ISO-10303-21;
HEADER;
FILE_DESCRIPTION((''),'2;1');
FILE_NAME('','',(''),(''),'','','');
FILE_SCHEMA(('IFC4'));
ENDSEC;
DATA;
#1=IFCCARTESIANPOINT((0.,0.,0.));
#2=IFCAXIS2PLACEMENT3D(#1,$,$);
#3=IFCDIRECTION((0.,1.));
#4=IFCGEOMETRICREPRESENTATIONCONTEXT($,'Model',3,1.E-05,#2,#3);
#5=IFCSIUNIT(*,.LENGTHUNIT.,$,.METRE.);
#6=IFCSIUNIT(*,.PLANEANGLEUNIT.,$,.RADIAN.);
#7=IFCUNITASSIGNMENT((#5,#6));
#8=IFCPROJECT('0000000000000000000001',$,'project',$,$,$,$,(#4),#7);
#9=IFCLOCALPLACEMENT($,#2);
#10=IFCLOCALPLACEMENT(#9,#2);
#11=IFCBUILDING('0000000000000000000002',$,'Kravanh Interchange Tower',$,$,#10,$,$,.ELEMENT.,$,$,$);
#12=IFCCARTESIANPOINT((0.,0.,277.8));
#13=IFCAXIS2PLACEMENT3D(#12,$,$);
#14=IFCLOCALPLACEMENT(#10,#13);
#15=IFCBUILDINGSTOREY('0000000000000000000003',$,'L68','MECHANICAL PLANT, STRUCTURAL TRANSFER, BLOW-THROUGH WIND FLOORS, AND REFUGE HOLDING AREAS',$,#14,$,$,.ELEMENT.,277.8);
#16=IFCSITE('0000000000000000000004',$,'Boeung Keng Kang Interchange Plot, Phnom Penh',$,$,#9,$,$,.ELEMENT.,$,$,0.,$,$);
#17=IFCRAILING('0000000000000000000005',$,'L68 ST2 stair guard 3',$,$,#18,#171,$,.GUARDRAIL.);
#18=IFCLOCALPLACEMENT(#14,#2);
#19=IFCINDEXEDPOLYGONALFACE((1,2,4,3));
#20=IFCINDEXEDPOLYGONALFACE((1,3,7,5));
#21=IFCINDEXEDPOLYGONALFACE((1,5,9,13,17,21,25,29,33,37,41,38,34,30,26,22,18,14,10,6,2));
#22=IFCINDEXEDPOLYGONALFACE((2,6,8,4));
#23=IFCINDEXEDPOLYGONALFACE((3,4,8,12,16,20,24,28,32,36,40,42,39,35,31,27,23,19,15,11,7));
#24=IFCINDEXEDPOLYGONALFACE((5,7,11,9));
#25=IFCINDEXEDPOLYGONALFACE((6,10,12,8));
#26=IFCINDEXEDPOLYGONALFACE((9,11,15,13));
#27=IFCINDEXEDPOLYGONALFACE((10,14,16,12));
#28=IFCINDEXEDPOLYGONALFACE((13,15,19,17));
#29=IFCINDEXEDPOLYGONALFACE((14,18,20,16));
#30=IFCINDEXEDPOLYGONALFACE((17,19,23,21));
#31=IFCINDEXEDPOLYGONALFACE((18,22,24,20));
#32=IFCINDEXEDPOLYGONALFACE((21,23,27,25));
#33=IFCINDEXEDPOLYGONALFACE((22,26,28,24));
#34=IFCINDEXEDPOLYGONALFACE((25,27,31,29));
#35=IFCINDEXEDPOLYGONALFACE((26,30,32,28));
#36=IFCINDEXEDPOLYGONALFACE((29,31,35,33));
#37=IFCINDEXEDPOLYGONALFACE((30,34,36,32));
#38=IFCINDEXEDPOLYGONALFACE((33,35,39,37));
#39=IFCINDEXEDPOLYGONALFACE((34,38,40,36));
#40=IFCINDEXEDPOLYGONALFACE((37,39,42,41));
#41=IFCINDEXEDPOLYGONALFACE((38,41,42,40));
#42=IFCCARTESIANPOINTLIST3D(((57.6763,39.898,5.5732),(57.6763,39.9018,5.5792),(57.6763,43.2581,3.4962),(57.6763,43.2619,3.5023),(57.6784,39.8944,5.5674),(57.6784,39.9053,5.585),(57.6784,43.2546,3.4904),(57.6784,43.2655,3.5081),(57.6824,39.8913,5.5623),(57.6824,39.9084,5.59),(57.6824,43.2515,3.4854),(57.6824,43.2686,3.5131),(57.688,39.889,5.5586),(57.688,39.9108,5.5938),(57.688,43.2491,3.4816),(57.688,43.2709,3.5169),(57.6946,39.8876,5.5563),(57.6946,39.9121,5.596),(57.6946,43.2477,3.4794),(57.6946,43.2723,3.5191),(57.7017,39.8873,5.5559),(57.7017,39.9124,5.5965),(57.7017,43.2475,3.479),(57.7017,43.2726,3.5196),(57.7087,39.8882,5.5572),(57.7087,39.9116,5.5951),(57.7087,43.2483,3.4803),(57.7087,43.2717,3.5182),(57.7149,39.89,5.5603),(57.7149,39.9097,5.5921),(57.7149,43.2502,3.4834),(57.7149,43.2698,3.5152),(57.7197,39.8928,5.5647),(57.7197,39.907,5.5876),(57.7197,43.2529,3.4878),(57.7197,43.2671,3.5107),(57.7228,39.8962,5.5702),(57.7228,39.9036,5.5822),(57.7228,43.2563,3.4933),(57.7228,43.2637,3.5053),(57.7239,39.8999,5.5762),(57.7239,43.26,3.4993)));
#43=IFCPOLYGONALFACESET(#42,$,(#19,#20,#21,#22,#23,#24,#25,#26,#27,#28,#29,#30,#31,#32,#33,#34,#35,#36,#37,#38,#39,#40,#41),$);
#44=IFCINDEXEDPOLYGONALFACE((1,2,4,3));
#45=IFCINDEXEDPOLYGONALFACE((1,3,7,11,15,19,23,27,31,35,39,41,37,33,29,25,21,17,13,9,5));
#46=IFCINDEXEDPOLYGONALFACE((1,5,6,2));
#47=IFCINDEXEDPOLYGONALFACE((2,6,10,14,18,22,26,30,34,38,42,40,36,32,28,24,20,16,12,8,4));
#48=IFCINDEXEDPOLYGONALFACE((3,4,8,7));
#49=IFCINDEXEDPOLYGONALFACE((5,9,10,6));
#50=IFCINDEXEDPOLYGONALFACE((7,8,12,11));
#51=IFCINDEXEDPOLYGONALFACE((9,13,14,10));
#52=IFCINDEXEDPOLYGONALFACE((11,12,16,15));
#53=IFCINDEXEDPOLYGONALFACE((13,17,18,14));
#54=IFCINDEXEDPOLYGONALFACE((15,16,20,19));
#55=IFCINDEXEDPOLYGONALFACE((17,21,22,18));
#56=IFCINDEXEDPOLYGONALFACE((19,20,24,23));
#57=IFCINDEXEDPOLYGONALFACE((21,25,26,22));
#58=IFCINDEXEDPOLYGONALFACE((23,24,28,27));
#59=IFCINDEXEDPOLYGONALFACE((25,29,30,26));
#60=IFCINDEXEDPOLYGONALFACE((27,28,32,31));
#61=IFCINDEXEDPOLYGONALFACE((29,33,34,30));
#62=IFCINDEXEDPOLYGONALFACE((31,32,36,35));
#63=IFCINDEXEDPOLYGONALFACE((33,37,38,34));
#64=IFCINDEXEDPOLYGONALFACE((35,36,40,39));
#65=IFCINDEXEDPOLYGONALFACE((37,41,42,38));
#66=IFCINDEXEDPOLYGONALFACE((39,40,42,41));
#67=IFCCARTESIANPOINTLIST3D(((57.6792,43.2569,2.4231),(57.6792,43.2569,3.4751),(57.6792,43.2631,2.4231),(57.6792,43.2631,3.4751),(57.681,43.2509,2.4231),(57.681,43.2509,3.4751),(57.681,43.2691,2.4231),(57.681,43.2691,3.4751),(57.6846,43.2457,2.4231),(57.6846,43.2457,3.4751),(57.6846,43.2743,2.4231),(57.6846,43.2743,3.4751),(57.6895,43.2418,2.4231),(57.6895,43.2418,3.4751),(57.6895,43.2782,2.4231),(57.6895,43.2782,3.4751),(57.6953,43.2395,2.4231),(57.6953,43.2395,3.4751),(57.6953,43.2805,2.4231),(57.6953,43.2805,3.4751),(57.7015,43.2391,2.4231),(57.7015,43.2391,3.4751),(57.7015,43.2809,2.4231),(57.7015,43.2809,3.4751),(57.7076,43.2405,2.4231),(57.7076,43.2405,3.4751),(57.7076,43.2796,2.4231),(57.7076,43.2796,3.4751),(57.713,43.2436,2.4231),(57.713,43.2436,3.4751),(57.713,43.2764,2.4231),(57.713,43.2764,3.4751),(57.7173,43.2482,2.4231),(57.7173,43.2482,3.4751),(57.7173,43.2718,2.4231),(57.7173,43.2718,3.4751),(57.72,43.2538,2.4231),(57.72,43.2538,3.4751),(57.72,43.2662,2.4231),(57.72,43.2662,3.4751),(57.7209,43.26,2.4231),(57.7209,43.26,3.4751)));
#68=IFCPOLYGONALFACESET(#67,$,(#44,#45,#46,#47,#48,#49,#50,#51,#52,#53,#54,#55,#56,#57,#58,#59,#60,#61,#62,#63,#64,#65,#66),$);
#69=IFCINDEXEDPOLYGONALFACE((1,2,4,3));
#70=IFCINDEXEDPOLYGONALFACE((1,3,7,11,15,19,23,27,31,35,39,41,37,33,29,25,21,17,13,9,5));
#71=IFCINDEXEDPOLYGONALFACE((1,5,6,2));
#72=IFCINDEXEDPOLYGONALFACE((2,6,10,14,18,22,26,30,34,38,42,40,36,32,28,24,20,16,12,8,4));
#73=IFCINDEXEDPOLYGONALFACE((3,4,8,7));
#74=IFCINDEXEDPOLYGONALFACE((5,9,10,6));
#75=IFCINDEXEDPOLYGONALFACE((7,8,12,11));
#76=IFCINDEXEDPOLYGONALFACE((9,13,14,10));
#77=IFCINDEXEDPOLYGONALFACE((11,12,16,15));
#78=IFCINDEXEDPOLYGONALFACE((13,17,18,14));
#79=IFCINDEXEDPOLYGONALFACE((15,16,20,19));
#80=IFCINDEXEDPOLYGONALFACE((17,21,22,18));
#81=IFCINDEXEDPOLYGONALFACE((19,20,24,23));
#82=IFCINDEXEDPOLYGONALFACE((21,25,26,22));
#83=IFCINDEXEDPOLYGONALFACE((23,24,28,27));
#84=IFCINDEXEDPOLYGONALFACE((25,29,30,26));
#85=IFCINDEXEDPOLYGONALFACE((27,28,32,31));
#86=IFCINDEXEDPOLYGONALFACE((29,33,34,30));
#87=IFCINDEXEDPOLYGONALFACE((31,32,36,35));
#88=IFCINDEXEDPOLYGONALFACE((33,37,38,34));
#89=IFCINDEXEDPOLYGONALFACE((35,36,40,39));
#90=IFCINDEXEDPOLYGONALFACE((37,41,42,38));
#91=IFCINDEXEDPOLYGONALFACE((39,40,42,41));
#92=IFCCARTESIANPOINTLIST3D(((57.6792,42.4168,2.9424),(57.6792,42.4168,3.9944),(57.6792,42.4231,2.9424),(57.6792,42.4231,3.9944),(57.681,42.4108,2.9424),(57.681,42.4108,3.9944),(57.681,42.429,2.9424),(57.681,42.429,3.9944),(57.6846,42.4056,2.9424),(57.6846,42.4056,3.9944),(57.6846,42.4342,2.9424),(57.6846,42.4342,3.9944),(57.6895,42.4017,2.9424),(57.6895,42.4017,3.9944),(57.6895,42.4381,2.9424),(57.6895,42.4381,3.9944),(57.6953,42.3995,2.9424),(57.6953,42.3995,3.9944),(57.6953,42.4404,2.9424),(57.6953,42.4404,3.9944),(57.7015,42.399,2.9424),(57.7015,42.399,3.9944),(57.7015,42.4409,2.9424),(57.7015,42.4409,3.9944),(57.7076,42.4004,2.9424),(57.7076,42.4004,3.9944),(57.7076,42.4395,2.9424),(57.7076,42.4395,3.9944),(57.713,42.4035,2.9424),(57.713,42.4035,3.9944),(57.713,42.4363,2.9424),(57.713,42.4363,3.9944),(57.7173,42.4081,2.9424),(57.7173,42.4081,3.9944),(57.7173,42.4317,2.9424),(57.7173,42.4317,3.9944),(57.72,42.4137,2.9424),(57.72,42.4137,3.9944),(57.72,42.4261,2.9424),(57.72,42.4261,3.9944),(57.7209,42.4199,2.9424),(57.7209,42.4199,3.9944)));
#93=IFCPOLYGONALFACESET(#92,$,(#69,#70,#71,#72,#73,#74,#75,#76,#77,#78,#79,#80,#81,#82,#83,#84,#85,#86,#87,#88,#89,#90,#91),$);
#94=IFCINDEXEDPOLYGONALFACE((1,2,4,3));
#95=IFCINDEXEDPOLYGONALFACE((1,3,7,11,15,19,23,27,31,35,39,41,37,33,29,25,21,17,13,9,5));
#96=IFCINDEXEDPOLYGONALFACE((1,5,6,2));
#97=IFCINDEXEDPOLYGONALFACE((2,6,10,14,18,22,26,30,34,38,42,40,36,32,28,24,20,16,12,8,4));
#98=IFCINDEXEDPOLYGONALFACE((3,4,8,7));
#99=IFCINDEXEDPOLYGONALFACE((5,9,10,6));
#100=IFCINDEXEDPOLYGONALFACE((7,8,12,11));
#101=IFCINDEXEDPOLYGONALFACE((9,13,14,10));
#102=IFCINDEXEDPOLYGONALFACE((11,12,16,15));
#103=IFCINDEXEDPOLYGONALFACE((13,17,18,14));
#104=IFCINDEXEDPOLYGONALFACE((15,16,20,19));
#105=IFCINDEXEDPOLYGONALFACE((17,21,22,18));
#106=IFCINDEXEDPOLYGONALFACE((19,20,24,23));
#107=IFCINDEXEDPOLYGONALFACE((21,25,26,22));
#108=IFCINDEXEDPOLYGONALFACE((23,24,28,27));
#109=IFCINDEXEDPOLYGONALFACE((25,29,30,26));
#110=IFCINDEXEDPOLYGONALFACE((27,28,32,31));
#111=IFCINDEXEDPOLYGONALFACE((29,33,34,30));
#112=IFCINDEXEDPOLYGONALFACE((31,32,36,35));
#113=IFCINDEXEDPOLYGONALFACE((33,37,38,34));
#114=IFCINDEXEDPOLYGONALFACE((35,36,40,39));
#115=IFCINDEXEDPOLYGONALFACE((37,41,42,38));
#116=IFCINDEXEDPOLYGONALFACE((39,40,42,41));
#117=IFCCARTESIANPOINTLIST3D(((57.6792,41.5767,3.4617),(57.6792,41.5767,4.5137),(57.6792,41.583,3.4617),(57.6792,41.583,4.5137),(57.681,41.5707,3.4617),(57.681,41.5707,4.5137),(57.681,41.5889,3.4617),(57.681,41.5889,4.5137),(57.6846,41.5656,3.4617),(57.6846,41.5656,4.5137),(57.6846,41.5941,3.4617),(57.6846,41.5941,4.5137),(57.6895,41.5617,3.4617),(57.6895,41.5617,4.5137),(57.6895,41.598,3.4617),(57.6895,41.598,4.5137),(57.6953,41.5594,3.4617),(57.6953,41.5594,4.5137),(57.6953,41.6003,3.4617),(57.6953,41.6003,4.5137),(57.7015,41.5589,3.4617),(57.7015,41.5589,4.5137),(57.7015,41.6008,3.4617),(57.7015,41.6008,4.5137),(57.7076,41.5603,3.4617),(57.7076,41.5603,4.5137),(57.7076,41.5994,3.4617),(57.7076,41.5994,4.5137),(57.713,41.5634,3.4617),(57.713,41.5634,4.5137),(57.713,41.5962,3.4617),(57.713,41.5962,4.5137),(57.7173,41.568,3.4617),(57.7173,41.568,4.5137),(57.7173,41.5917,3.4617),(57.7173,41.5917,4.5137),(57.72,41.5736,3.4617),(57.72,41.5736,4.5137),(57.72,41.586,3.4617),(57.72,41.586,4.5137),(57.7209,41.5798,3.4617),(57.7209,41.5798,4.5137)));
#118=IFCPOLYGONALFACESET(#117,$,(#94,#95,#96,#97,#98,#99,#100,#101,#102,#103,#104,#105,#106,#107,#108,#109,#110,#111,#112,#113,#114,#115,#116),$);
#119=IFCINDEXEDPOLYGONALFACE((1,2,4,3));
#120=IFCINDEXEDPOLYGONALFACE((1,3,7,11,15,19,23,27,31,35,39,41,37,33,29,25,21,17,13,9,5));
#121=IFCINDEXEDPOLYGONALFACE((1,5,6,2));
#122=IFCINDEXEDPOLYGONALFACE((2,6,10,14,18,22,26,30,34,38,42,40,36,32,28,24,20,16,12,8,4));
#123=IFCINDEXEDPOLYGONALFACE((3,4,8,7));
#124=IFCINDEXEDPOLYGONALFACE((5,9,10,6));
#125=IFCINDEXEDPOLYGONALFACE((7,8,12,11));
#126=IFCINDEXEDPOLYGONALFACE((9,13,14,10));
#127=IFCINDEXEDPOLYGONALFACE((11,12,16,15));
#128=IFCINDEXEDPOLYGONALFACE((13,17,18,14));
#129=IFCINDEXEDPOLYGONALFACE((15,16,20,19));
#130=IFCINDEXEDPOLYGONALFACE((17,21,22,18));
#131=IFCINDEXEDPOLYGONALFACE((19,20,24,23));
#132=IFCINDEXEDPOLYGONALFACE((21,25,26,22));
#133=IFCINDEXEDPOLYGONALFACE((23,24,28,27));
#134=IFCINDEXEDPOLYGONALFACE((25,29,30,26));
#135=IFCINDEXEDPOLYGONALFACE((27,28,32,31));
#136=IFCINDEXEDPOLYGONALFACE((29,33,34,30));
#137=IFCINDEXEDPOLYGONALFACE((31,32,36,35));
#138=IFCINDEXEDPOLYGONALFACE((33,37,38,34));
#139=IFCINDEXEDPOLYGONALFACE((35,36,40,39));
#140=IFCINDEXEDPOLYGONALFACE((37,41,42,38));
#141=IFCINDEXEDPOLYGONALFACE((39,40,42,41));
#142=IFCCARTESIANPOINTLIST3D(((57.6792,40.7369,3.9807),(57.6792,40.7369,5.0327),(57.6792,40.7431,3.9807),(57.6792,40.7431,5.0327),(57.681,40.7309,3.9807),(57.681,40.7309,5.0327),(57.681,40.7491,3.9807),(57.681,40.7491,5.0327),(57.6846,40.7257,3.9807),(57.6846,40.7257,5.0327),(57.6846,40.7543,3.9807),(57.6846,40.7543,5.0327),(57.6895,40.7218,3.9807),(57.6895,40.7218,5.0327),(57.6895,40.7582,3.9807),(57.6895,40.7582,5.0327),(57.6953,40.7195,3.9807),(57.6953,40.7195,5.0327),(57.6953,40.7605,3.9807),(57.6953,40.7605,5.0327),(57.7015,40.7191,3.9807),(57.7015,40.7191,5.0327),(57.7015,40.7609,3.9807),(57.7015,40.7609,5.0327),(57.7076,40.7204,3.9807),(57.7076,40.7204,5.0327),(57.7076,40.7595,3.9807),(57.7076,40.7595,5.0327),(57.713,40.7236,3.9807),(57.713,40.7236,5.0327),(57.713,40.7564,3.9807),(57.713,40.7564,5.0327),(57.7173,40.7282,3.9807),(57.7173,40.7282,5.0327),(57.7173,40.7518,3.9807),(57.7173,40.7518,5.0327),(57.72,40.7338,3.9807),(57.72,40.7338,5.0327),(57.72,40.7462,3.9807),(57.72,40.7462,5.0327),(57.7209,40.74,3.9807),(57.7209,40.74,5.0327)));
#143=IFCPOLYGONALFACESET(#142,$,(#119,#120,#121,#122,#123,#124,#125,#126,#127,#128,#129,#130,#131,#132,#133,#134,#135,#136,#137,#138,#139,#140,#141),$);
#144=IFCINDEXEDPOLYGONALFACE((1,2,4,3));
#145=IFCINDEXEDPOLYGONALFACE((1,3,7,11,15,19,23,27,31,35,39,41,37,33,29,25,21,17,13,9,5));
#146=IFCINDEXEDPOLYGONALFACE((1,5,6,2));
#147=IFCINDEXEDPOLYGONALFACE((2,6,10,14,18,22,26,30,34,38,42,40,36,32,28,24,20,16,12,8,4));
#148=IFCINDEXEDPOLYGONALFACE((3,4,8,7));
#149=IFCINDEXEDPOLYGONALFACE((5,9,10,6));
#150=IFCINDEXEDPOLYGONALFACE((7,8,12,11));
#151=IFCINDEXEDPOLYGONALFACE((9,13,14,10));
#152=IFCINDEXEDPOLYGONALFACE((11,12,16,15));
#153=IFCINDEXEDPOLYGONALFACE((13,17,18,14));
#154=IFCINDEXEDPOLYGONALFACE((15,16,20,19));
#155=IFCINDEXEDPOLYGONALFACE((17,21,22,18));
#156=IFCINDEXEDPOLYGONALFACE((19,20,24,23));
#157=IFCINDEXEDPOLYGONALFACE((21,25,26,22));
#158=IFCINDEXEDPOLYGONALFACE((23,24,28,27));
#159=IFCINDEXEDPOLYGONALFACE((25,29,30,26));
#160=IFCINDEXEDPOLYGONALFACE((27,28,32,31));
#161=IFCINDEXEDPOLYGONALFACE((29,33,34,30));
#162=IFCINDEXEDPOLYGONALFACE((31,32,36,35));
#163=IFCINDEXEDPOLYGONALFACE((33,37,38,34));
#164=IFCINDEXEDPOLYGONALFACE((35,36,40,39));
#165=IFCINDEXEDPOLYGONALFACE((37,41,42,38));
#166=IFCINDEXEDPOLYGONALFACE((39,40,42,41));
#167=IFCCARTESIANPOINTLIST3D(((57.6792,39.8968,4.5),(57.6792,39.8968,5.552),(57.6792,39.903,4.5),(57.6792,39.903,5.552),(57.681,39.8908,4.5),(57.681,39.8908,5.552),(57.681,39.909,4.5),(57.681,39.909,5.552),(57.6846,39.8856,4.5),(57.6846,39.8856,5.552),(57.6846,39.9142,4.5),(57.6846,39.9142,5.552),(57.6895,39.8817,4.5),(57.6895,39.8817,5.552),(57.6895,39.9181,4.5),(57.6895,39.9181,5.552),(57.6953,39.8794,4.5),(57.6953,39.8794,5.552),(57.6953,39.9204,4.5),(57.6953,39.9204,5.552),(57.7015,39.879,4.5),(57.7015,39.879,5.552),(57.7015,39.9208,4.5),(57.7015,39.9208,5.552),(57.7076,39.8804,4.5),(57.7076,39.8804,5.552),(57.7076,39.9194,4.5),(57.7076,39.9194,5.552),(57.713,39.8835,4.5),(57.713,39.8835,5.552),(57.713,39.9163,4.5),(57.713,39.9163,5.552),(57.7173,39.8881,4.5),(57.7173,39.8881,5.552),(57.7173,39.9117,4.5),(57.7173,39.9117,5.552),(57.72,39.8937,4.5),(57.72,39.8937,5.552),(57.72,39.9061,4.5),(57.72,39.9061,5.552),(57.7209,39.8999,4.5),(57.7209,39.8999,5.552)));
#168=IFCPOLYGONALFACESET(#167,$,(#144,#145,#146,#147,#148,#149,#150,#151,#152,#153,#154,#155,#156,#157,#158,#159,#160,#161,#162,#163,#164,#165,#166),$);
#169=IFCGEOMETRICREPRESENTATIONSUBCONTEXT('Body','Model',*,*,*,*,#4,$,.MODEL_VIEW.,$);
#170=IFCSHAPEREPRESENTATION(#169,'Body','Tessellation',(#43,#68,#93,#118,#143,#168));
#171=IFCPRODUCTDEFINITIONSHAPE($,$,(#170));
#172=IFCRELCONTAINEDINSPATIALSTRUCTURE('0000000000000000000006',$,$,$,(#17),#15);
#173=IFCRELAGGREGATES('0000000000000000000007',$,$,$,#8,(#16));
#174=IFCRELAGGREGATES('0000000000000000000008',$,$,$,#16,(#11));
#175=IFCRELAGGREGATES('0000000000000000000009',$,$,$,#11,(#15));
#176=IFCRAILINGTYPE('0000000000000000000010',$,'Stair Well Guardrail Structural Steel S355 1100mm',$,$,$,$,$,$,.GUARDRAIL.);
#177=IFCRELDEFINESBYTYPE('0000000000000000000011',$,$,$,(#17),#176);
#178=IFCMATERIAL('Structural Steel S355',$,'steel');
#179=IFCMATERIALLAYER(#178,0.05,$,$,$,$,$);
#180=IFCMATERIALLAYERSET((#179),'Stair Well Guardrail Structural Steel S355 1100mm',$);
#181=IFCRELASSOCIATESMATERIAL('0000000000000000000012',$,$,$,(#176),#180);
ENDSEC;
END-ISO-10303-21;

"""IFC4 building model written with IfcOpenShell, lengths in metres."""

from ifc_helpers import new_model, si_unit, direction, frame, origin, origin_2d, place, context, subcontext, project, spatial, circle, extrude, material, layer, layer_set, type_object, element, save


model = new_model("IFC4")

# Units and contexts
model_context = context("Model", 3, precision=1e-05, world=origin(), true_north=direction((0.0, 1.0)))
body_context = subcontext(model_context, "Body", "Model", "MODEL_VIEW")
ifc_project = project(units=[si_unit("LENGTHUNIT", "METRE"), si_unit("PLANEANGLEUNIT", "RADIAN")], contexts=[model_context])

# Site, building, storey
site_placement = place(None, origin())
site = spatial("IfcSite", under=ifc_project, at=site_placement, Name="Boeung Keng Kang Interchange Plot, Phnom Penh", CompositionType="ELEMENT", RefElevation=0.0)
building_placement = place(site_placement, origin())
building = spatial("IfcBuilding", under=site, at=building_placement, Name="Kravanh Interchange Tower", CompositionType="ELEMENT")
storey_placement = place(building_placement, frame((0.0, 0.0, 277.8)))
storey = spatial("IfcBuildingStorey", under=building, at=storey_placement, Name="L68", Description="MECHANICAL PLANT, STRUCTURAL TRANSFER, BLOW-THROUGH WIND FLOORS, AND REFUGE HOLDING AREAS", CompositionType="ELEMENT", Elevation=277.8)

# Railing
ifc_material_1 = material(Name="Structural Steel S355", Category="steel")
ifc_layer_1 = layer(ifc_material_1, 0.05)
ifc_layer_set_1 = layer_set([ifc_layer_1], Name="Stair Well Guardrail Structural Steel S355 1100mm")
railing_type_1 = type_object("IfcRailingType", Name="Stair Well Guardrail Structural Steel S355 1100mm", PredefinedType="GUARDRAIL", material=ifc_layer_set_1)
railing_1_placement = place(storey_placement, frame((57.7, 43.26, 2.4231)))
element("IfcRailing", 1, at=railing_1_placement, inside=storey, type_object=railing_type_1, Name="L68 ST2 stair guard 3", PredefinedType="GUARDRAIL", context=body_context, shape_type="SweptSolid", body=[
    extrude(circle(Radius=0.0239, at=origin_2d()), frame((0.0, 0.0, 1.0762), z_axis=(0.0, -0.850623, 0.525776), x_axis=(1.0, 0.0, 0.0)), (0.0, 0.0, 1.0), 3.9502),
    extrude(circle(Radius=0.021, at=origin_2d()), origin(), (0.0, 0.0, 1.0), 1.052),
    extrude(circle(Radius=0.021, at=origin_2d()), frame((0.0, -0.8401, 0.5193)), (0.0, 0.0, 1.0), 1.052),
    extrude(circle(Radius=0.021, at=origin_2d()), frame((0.0, -1.6802, 1.0386)), (0.0, 0.0, 1.0), 1.052),
    extrude(circle(Radius=0.021, at=origin_2d()), frame((0.0, -2.52, 1.5576)), (0.0, 0.0, 1.0), 1.052),
    extrude(circle(Radius=0.021, at=origin_2d()), frame((0.0, -3.3601, 2.0769)), (0.0, 0.0, 1.0), 1.052),
])

save(model, "model.ifc")
